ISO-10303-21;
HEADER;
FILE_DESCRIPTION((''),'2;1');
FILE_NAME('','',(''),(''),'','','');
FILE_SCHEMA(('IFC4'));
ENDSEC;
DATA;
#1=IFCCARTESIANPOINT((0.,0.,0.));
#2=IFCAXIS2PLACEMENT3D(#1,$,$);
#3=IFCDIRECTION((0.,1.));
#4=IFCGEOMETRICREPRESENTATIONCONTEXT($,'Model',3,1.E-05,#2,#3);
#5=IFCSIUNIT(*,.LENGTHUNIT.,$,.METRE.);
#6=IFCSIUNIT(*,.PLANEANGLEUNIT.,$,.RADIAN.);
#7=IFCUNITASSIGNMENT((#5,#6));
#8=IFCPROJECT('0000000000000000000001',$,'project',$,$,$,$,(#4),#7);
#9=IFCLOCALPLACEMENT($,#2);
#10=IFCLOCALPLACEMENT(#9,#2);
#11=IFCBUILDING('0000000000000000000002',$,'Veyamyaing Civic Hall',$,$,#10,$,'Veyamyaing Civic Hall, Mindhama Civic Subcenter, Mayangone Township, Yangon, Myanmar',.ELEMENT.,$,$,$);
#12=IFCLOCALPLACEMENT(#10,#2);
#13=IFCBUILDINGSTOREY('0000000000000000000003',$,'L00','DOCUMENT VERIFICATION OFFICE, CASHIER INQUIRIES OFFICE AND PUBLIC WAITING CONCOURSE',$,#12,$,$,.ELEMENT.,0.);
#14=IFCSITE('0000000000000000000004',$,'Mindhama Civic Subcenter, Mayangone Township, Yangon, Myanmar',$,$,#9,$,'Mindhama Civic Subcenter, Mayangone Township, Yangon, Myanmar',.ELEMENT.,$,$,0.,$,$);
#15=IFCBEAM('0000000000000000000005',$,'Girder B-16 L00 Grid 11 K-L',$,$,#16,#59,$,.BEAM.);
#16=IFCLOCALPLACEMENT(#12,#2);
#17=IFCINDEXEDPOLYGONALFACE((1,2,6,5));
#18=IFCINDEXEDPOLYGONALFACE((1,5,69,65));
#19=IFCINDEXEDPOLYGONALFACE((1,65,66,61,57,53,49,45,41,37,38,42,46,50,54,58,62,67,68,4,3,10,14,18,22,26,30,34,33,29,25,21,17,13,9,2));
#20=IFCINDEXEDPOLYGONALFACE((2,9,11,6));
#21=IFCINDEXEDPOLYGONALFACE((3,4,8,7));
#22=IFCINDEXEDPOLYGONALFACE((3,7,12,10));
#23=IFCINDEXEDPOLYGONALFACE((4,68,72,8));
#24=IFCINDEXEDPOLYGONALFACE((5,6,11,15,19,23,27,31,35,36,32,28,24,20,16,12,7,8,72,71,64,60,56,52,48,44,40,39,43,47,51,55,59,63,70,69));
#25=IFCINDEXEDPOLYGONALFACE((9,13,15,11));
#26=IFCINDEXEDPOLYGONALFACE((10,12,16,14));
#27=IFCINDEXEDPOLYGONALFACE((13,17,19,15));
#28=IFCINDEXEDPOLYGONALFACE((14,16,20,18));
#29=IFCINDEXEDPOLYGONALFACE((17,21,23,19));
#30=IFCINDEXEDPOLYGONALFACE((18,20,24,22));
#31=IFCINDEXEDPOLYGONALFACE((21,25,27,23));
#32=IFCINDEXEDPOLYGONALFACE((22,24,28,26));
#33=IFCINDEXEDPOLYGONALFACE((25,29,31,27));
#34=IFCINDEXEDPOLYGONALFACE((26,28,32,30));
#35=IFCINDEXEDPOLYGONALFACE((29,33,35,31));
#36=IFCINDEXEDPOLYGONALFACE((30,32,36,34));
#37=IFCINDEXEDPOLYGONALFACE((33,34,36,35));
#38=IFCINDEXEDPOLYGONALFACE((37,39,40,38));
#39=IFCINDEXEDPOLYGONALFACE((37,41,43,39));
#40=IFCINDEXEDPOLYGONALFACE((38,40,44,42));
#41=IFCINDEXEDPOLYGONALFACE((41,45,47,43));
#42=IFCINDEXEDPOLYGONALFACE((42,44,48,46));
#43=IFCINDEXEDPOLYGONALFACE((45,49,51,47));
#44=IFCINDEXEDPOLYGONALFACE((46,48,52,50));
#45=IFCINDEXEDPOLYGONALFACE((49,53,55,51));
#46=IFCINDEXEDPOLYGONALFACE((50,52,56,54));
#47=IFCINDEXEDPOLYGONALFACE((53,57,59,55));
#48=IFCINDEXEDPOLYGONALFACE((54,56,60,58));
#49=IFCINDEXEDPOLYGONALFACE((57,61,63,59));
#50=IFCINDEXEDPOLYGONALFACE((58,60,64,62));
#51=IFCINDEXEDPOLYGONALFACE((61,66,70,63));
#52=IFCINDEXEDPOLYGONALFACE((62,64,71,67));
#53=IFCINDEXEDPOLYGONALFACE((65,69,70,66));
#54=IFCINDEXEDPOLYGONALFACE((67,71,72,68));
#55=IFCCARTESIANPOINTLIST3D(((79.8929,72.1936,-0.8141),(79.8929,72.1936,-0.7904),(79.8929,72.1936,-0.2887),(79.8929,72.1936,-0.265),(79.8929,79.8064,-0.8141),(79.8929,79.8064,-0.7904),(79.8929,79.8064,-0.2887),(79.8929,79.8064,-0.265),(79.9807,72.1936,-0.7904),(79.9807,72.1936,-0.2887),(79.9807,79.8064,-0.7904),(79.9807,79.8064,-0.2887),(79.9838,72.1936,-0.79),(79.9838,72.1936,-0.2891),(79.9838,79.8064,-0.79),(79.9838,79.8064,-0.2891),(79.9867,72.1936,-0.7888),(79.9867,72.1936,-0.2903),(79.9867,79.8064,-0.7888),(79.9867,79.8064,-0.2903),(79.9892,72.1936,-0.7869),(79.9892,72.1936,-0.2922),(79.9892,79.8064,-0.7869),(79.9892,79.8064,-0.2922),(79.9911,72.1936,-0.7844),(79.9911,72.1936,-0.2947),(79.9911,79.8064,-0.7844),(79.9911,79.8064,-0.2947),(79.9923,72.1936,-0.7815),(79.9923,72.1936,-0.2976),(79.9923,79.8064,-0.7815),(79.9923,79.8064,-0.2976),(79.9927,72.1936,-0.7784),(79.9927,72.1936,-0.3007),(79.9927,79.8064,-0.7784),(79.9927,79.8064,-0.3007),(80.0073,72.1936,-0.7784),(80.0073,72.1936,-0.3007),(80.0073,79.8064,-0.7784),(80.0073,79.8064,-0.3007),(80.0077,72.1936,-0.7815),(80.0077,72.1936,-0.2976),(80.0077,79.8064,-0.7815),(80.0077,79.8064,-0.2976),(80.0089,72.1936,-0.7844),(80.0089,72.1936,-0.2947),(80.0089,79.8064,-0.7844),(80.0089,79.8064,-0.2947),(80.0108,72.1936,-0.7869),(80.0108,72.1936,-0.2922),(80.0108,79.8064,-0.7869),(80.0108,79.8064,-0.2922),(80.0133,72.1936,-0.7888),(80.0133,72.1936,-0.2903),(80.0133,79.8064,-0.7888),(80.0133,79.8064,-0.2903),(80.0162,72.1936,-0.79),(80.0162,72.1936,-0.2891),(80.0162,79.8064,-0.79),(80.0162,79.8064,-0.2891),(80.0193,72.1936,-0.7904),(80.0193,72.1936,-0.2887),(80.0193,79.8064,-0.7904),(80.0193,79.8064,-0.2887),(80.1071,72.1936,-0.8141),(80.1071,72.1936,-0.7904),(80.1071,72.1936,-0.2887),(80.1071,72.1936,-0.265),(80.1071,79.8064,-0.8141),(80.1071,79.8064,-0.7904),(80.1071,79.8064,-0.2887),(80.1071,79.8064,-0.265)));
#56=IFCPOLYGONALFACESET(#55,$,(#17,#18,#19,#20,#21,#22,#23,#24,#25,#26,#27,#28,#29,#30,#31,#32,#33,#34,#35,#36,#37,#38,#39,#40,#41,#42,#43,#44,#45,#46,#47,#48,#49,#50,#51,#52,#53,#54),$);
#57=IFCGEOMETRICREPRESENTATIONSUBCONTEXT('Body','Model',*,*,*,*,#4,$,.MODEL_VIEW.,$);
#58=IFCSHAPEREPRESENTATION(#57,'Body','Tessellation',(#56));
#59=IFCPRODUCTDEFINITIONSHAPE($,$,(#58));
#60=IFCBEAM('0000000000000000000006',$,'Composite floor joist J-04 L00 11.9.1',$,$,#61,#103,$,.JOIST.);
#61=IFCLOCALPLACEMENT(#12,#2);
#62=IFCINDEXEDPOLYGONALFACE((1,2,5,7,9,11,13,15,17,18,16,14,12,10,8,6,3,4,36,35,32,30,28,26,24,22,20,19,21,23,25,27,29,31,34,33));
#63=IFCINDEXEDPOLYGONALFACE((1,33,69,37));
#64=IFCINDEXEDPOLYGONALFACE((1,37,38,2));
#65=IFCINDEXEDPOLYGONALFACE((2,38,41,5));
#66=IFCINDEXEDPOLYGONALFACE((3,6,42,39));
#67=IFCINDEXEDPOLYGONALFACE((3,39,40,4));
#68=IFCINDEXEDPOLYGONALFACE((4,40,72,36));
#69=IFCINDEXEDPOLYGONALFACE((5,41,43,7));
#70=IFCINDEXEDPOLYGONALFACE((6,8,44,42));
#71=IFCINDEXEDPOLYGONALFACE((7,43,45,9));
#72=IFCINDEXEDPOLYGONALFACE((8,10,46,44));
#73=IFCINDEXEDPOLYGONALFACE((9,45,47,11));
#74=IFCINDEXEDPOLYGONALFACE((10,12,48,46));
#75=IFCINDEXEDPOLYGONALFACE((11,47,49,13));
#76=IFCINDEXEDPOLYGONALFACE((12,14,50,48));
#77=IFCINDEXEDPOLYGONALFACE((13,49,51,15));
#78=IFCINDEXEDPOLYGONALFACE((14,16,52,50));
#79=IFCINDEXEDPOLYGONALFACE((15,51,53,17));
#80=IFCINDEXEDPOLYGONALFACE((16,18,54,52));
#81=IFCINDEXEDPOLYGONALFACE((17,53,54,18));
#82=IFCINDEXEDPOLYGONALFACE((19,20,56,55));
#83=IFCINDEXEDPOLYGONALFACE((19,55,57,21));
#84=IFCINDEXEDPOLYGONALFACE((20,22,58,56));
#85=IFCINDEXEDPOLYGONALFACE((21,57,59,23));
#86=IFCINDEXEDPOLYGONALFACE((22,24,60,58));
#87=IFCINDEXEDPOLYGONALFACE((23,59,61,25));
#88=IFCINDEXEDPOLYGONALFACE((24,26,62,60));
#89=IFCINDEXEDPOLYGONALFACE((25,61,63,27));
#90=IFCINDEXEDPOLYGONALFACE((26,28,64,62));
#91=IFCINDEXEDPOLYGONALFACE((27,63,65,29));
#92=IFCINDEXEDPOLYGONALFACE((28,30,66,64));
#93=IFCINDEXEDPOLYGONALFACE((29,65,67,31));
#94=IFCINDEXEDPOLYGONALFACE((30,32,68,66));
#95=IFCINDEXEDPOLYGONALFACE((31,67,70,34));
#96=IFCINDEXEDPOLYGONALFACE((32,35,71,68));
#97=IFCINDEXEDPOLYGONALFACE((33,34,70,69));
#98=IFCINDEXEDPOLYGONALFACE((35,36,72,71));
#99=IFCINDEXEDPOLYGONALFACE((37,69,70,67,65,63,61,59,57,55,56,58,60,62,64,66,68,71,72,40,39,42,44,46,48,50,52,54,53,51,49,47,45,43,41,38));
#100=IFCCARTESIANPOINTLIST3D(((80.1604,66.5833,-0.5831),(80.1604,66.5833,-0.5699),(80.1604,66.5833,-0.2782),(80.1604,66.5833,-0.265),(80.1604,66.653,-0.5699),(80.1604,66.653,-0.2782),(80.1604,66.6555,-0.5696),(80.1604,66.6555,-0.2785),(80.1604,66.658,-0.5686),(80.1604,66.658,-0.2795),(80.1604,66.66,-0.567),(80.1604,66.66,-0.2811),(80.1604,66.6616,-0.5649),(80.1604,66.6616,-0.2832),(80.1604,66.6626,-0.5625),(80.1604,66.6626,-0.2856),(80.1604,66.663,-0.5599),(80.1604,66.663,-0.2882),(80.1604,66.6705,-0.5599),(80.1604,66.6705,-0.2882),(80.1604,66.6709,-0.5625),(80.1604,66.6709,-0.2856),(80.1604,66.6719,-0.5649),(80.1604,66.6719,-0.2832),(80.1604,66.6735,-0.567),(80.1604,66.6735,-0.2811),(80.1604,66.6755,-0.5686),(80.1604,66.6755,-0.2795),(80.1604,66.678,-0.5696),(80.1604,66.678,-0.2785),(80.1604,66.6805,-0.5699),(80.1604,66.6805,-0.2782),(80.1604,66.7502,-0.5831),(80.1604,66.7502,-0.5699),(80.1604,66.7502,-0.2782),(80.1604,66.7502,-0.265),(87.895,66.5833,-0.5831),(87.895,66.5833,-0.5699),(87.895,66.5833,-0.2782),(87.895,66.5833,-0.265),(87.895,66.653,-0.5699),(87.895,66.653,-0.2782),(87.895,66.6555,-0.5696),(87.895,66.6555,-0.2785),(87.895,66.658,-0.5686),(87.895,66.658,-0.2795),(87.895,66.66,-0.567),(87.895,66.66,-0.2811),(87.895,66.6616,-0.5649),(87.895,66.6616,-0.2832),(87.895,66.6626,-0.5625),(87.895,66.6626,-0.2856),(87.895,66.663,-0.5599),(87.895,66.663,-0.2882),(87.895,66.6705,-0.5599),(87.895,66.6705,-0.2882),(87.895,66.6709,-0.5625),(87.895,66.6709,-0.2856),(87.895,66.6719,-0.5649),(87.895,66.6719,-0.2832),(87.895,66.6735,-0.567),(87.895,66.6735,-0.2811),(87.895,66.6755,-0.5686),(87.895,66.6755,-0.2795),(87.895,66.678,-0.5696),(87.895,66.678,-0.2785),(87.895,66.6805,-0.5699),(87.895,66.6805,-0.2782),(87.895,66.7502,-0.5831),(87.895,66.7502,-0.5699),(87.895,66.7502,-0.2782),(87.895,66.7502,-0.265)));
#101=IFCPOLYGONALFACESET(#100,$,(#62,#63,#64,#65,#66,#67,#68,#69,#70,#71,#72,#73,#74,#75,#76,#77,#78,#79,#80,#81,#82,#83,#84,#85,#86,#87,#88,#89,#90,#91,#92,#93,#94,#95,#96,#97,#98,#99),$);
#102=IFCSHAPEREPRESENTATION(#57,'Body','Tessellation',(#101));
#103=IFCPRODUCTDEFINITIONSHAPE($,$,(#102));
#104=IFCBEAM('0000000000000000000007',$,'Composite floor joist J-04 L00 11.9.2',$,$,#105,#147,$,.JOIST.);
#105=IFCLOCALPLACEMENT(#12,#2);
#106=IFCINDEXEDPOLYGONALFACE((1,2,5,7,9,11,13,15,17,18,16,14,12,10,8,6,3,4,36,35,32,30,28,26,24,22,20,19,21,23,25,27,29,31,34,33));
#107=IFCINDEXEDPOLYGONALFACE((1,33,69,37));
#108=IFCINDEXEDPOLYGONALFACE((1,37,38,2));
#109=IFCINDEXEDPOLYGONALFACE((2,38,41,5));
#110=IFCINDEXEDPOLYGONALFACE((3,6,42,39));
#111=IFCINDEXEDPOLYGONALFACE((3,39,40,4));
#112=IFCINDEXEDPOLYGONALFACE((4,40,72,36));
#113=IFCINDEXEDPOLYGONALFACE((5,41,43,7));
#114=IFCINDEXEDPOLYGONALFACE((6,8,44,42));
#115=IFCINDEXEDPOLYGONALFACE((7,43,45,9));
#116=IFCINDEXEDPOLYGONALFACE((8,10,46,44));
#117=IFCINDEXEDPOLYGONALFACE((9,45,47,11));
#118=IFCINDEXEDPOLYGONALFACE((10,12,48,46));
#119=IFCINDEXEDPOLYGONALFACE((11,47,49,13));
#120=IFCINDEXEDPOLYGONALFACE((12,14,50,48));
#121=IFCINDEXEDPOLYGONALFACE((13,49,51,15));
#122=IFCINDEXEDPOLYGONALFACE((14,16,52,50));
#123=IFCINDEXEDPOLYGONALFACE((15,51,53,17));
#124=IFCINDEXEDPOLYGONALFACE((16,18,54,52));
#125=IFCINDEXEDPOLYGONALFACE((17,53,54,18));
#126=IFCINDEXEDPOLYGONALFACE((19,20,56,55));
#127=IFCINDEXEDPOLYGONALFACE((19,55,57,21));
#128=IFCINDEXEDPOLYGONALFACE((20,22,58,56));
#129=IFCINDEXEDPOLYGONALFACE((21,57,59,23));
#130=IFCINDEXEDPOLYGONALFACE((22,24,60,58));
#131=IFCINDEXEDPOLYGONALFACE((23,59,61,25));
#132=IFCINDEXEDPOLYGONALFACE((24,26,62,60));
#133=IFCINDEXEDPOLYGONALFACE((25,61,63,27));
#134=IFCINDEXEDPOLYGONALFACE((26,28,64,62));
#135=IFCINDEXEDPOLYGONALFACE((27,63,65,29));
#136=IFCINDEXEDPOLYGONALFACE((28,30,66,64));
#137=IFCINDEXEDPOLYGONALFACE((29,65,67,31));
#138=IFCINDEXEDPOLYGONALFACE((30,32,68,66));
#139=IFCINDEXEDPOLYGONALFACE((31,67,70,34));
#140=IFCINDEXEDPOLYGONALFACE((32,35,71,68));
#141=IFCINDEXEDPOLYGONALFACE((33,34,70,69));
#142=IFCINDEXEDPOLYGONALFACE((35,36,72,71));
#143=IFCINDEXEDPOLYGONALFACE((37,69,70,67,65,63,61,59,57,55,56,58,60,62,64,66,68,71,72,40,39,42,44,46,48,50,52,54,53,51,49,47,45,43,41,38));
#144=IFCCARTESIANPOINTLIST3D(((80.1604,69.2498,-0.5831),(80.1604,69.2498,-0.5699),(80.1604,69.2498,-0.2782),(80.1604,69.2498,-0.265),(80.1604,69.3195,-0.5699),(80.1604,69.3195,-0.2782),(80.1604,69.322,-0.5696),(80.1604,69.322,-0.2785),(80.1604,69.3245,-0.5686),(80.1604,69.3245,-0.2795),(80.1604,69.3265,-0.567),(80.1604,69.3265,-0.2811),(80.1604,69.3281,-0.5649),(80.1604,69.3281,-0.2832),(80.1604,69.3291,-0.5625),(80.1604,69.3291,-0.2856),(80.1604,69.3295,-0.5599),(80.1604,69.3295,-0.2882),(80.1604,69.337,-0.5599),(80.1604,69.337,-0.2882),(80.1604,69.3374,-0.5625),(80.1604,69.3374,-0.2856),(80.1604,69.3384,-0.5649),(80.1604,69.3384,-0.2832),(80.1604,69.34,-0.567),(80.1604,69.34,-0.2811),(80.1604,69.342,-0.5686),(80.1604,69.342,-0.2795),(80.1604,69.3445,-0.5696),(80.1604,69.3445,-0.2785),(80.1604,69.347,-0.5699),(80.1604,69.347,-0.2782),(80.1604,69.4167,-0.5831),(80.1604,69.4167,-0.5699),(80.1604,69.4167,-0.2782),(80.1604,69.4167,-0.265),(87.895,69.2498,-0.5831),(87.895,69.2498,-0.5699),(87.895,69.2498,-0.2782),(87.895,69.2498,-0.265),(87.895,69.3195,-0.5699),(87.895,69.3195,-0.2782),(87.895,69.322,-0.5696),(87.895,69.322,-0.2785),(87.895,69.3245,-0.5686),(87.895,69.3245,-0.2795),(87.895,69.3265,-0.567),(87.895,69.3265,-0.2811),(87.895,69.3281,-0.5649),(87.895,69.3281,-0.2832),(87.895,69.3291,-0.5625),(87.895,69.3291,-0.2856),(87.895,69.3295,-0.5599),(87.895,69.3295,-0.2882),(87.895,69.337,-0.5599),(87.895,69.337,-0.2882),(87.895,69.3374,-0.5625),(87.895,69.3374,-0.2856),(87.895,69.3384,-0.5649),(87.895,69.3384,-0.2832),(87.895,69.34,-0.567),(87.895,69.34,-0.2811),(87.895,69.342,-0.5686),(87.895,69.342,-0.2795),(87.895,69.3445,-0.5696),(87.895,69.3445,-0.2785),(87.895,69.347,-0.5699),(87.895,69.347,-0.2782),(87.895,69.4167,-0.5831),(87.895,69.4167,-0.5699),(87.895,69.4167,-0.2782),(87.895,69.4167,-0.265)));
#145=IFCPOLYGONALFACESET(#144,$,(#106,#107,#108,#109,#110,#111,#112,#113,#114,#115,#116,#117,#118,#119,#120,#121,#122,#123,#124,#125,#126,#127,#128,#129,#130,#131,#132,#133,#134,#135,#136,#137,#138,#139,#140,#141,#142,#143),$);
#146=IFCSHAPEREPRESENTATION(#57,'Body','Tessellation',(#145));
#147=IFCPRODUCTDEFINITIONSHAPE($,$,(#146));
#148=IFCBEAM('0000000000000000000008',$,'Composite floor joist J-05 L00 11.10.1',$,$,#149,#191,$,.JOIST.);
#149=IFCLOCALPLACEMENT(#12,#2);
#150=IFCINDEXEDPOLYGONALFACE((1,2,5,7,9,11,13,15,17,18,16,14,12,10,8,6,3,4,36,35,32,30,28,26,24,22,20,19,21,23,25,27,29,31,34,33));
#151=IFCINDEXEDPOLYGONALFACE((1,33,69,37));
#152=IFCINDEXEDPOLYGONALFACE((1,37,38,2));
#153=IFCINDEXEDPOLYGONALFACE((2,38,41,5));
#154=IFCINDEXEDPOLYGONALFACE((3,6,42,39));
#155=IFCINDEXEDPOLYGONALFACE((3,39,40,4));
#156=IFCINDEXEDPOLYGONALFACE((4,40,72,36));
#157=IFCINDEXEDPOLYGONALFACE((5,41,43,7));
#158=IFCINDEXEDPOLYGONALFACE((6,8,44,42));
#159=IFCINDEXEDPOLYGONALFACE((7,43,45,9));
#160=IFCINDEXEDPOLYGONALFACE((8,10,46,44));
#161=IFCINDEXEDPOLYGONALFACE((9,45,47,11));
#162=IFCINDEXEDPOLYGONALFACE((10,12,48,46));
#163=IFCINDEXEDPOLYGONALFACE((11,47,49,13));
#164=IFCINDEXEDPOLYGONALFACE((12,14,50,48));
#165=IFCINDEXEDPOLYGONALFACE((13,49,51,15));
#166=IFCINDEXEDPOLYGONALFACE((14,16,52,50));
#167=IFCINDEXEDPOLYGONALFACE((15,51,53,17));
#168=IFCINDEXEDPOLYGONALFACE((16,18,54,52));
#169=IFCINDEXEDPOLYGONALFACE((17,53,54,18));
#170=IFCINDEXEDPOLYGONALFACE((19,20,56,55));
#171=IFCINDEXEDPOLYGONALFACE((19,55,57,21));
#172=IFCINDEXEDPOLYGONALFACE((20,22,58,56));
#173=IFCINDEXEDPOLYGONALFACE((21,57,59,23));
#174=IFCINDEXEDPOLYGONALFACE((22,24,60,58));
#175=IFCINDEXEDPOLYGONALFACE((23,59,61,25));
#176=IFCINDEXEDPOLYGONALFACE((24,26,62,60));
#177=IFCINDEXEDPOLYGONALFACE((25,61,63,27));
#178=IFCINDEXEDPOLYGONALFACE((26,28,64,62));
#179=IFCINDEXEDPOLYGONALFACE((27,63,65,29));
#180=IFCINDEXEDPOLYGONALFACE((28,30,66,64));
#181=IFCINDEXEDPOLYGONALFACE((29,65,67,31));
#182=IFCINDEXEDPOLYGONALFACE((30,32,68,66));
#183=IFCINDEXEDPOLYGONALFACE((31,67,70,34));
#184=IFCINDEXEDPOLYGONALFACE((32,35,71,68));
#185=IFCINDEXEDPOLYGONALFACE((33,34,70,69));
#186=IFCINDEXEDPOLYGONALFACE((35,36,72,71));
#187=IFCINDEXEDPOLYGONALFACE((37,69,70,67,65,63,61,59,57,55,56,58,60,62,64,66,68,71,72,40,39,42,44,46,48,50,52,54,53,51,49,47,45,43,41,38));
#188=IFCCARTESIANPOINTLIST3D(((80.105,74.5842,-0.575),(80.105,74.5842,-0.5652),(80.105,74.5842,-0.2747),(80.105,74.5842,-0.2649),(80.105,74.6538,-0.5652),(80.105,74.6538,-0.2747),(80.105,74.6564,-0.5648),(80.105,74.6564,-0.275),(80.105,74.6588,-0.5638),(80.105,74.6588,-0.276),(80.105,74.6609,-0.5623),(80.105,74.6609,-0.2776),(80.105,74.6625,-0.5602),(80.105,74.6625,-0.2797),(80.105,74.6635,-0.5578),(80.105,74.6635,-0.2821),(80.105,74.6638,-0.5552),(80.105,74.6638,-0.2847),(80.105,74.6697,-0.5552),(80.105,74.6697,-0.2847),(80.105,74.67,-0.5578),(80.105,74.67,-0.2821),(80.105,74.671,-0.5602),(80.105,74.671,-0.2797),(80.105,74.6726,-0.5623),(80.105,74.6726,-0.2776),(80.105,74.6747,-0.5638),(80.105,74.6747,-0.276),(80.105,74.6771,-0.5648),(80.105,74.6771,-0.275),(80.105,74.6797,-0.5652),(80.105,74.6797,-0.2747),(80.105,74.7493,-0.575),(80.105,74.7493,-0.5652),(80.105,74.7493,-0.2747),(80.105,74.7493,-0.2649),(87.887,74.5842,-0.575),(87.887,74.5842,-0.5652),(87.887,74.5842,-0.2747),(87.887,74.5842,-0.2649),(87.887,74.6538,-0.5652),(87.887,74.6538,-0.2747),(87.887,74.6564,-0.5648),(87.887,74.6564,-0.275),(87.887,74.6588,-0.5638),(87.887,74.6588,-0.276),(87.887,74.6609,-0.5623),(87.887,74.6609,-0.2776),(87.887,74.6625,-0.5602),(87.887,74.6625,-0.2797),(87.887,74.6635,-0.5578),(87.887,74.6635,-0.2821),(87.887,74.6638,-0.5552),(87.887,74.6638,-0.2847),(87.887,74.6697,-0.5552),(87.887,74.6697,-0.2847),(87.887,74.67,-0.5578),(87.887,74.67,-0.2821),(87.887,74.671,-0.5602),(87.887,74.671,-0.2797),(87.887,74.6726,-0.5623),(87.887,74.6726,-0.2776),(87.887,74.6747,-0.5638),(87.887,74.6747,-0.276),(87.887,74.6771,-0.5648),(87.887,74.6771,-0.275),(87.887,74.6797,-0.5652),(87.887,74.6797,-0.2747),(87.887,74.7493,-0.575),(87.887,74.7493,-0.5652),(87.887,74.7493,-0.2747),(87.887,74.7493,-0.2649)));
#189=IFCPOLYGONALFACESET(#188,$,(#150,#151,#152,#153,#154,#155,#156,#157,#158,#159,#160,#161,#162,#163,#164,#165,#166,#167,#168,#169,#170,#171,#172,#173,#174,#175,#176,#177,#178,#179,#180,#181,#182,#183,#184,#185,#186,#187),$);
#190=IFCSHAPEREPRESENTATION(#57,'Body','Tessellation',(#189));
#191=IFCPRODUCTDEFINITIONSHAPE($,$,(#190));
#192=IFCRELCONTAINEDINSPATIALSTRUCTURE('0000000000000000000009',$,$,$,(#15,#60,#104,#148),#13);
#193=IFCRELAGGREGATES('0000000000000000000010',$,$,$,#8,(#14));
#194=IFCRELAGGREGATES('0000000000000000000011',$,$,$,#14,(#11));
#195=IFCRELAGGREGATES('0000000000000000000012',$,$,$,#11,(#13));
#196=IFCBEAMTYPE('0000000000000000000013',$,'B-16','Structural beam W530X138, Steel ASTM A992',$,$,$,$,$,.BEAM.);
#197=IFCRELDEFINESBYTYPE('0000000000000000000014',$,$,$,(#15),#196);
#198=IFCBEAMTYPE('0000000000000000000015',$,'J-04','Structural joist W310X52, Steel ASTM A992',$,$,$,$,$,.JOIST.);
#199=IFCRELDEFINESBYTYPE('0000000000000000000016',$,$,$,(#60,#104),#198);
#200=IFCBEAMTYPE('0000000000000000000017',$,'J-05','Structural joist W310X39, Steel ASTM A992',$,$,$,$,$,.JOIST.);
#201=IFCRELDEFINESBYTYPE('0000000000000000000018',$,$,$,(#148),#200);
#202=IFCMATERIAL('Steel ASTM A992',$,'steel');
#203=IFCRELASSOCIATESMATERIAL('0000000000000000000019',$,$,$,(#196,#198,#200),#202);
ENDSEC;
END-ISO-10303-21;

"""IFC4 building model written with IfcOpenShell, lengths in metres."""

from ifc_helpers import new_model, si_unit, direction, frame, origin, origin_2d, place, context, subcontext, project, spatial, i_section, extrude, material, material_profile, profile_set, type_object, element, save


model = new_model("IFC4")

# Units and contexts
model_context = context("Model", 3, precision=1e-05, world=origin(), true_north=direction((0.0, 1.0)))
body_context = subcontext(model_context, "Body", "Model", "MODEL_VIEW")
ifc_project = project(units=[si_unit("LENGTHUNIT", "METRE"), si_unit("PLANEANGLEUNIT", "RADIAN")], contexts=[model_context])

# Site, building, storey
site_placement = place(None, origin())
site = spatial("IfcSite", under=ifc_project, at=site_placement, Name="Mindhama Civic Subcenter, Mayangone Township, Yangon, Myanmar", LongName="Mindhama Civic Subcenter, Mayangone Township, Yangon, Myanmar", CompositionType="ELEMENT", RefElevation=0.0)
building_placement = place(site_placement, origin())
building = spatial("IfcBuilding", under=site, at=building_placement, Name="Veyamyaing Civic Hall", LongName="Veyamyaing Civic Hall, Mindhama Civic Subcenter, Mayangone Township, Yangon, Myanmar", CompositionType="ELEMENT")
storey_placement = place(building_placement, origin())
storey = spatial("IfcBuildingStorey", under=building, at=storey_placement, Name="L00", Description="DOCUMENT VERIFICATION OFFICE, CASHIER INQUIRIES OFFICE AND PUBLIC WAITING CONCOURSE", CompositionType="ELEMENT", Elevation=0.0)

# Beams
ifc_material_1 = material(Name="Steel ASTM A992", Category="steel")
ifc_material_profile_1 = material_profile(ifc_material_1, i_section(OverallWidth=0.2141, OverallDepth=0.5491, WebThickness=0.0146, FlangeThickness=0.0237, FilletRadius=0.012, at=origin_2d()), Name="W530X138")
ifc_profile_set_1 = profile_set([ifc_material_profile_1], Name="Steel ASTM A992")
beam_type_1 = type_object("IfcBeamType", Name="B-16", Description="Structural beam W530X138, Steel ASTM A992", PredefinedType="BEAM", material=ifc_profile_set_1)
beam_1_placement = place(storey_placement, frame((80.0, 72.1936, -0.5396), z_axis=(0.0, 1.0, 0.0), x_axis=(-1.0, 0.0, 0.0)))
element("IfcBeam", 1, at=beam_1_placement, inside=storey, type_object=beam_type_1, Name="Girder B-16 L00 Grid 11 K-L", PredefinedType="BEAM", context=body_context, shape_type="SweptSolid", body=[
    extrude(i_section(OverallWidth=0.2141, OverallDepth=0.5491, WebThickness=0.0146, FlangeThickness=0.0237, FilletRadius=0.012, at=origin_2d()), origin(), (0.0, 0.0, 1.0), 7.6128),
])
ifc_material_profile_2 = material_profile(ifc_material_1, i_section(OverallWidth=0.167, OverallDepth=0.3181, WebThickness=0.0076, FlangeThickness=0.0132, FilletRadius=0.01, at=origin_2d()), Name="W310X52")
ifc_profile_set_2 = profile_set([ifc_material_profile_2], Name="Steel ASTM A992")
beam_type_2 = type_object("IfcBeamType", Name="J-04", Description="Structural joist W310X52, Steel ASTM A992", PredefinedType="JOIST", material=ifc_profile_set_2)
for number, where, z_axis, x_axis, name in (
    (2, (80.1604, 66.6667, -0.4241), (1.0, 0.0, 0.0), (0.0, 1.0, 0.0), "Composite floor joist J-04 L00 11.9.1"),
    (3, (80.1604, 69.3333, -0.4241), (1.0, 0.0, 0.0), (0.0, 1.0, 0.0), "Composite floor joist J-04 L00 11.9.2"),
):
    element("IfcBeam", number, at=place(storey_placement, frame(where, z_axis=z_axis, x_axis=x_axis)), inside=storey, type_object=beam_type_2, Name=name, PredefinedType="JOIST", context=body_context, shape_type="SweptSolid", body=[
        extrude(i_section(OverallWidth=0.167, OverallDepth=0.3181, WebThickness=0.0076, FlangeThickness=0.0132, FilletRadius=0.01, at=origin_2d()), origin(), (0.0, 0.0, 1.0), 7.7346),
    ])
ifc_material_profile_3 = material_profile(ifc_material_1, i_section(OverallWidth=0.165, OverallDepth=0.3101, WebThickness=0.0059, FlangeThickness=0.0098, FilletRadius=0.01, at=origin_2d()), Name="W310X39")
ifc_profile_set_3 = profile_set([ifc_material_profile_3], Name="Steel ASTM A992")
beam_type_3 = type_object("IfcBeamType", Name="J-05", Description="Structural joist W310X39, Steel ASTM A992", PredefinedType="JOIST", material=ifc_profile_set_3)
for number, where, z_axis, x_axis, name in (
    (4, (80.105, 74.6667, -0.4199), (1.0, 0.0, 0.0), (0.0, 1.0, 0.0), "Composite floor joist J-05 L00 11.10.1"),
):
    element("IfcBeam", number, at=place(storey_placement, frame(where, z_axis=z_axis, x_axis=x_axis)), inside=storey, type_object=beam_type_3, Name=name, PredefinedType="JOIST", context=body_context, shape_type="SweptSolid", body=[
        extrude(i_section(OverallWidth=0.165, OverallDepth=0.3101, WebThickness=0.0059, FlangeThickness=0.0098, FilletRadius=0.01, at=origin_2d()), origin(), (0.0, 0.0, 1.0), 7.782),
    ])

save(model, "model.ifc")
